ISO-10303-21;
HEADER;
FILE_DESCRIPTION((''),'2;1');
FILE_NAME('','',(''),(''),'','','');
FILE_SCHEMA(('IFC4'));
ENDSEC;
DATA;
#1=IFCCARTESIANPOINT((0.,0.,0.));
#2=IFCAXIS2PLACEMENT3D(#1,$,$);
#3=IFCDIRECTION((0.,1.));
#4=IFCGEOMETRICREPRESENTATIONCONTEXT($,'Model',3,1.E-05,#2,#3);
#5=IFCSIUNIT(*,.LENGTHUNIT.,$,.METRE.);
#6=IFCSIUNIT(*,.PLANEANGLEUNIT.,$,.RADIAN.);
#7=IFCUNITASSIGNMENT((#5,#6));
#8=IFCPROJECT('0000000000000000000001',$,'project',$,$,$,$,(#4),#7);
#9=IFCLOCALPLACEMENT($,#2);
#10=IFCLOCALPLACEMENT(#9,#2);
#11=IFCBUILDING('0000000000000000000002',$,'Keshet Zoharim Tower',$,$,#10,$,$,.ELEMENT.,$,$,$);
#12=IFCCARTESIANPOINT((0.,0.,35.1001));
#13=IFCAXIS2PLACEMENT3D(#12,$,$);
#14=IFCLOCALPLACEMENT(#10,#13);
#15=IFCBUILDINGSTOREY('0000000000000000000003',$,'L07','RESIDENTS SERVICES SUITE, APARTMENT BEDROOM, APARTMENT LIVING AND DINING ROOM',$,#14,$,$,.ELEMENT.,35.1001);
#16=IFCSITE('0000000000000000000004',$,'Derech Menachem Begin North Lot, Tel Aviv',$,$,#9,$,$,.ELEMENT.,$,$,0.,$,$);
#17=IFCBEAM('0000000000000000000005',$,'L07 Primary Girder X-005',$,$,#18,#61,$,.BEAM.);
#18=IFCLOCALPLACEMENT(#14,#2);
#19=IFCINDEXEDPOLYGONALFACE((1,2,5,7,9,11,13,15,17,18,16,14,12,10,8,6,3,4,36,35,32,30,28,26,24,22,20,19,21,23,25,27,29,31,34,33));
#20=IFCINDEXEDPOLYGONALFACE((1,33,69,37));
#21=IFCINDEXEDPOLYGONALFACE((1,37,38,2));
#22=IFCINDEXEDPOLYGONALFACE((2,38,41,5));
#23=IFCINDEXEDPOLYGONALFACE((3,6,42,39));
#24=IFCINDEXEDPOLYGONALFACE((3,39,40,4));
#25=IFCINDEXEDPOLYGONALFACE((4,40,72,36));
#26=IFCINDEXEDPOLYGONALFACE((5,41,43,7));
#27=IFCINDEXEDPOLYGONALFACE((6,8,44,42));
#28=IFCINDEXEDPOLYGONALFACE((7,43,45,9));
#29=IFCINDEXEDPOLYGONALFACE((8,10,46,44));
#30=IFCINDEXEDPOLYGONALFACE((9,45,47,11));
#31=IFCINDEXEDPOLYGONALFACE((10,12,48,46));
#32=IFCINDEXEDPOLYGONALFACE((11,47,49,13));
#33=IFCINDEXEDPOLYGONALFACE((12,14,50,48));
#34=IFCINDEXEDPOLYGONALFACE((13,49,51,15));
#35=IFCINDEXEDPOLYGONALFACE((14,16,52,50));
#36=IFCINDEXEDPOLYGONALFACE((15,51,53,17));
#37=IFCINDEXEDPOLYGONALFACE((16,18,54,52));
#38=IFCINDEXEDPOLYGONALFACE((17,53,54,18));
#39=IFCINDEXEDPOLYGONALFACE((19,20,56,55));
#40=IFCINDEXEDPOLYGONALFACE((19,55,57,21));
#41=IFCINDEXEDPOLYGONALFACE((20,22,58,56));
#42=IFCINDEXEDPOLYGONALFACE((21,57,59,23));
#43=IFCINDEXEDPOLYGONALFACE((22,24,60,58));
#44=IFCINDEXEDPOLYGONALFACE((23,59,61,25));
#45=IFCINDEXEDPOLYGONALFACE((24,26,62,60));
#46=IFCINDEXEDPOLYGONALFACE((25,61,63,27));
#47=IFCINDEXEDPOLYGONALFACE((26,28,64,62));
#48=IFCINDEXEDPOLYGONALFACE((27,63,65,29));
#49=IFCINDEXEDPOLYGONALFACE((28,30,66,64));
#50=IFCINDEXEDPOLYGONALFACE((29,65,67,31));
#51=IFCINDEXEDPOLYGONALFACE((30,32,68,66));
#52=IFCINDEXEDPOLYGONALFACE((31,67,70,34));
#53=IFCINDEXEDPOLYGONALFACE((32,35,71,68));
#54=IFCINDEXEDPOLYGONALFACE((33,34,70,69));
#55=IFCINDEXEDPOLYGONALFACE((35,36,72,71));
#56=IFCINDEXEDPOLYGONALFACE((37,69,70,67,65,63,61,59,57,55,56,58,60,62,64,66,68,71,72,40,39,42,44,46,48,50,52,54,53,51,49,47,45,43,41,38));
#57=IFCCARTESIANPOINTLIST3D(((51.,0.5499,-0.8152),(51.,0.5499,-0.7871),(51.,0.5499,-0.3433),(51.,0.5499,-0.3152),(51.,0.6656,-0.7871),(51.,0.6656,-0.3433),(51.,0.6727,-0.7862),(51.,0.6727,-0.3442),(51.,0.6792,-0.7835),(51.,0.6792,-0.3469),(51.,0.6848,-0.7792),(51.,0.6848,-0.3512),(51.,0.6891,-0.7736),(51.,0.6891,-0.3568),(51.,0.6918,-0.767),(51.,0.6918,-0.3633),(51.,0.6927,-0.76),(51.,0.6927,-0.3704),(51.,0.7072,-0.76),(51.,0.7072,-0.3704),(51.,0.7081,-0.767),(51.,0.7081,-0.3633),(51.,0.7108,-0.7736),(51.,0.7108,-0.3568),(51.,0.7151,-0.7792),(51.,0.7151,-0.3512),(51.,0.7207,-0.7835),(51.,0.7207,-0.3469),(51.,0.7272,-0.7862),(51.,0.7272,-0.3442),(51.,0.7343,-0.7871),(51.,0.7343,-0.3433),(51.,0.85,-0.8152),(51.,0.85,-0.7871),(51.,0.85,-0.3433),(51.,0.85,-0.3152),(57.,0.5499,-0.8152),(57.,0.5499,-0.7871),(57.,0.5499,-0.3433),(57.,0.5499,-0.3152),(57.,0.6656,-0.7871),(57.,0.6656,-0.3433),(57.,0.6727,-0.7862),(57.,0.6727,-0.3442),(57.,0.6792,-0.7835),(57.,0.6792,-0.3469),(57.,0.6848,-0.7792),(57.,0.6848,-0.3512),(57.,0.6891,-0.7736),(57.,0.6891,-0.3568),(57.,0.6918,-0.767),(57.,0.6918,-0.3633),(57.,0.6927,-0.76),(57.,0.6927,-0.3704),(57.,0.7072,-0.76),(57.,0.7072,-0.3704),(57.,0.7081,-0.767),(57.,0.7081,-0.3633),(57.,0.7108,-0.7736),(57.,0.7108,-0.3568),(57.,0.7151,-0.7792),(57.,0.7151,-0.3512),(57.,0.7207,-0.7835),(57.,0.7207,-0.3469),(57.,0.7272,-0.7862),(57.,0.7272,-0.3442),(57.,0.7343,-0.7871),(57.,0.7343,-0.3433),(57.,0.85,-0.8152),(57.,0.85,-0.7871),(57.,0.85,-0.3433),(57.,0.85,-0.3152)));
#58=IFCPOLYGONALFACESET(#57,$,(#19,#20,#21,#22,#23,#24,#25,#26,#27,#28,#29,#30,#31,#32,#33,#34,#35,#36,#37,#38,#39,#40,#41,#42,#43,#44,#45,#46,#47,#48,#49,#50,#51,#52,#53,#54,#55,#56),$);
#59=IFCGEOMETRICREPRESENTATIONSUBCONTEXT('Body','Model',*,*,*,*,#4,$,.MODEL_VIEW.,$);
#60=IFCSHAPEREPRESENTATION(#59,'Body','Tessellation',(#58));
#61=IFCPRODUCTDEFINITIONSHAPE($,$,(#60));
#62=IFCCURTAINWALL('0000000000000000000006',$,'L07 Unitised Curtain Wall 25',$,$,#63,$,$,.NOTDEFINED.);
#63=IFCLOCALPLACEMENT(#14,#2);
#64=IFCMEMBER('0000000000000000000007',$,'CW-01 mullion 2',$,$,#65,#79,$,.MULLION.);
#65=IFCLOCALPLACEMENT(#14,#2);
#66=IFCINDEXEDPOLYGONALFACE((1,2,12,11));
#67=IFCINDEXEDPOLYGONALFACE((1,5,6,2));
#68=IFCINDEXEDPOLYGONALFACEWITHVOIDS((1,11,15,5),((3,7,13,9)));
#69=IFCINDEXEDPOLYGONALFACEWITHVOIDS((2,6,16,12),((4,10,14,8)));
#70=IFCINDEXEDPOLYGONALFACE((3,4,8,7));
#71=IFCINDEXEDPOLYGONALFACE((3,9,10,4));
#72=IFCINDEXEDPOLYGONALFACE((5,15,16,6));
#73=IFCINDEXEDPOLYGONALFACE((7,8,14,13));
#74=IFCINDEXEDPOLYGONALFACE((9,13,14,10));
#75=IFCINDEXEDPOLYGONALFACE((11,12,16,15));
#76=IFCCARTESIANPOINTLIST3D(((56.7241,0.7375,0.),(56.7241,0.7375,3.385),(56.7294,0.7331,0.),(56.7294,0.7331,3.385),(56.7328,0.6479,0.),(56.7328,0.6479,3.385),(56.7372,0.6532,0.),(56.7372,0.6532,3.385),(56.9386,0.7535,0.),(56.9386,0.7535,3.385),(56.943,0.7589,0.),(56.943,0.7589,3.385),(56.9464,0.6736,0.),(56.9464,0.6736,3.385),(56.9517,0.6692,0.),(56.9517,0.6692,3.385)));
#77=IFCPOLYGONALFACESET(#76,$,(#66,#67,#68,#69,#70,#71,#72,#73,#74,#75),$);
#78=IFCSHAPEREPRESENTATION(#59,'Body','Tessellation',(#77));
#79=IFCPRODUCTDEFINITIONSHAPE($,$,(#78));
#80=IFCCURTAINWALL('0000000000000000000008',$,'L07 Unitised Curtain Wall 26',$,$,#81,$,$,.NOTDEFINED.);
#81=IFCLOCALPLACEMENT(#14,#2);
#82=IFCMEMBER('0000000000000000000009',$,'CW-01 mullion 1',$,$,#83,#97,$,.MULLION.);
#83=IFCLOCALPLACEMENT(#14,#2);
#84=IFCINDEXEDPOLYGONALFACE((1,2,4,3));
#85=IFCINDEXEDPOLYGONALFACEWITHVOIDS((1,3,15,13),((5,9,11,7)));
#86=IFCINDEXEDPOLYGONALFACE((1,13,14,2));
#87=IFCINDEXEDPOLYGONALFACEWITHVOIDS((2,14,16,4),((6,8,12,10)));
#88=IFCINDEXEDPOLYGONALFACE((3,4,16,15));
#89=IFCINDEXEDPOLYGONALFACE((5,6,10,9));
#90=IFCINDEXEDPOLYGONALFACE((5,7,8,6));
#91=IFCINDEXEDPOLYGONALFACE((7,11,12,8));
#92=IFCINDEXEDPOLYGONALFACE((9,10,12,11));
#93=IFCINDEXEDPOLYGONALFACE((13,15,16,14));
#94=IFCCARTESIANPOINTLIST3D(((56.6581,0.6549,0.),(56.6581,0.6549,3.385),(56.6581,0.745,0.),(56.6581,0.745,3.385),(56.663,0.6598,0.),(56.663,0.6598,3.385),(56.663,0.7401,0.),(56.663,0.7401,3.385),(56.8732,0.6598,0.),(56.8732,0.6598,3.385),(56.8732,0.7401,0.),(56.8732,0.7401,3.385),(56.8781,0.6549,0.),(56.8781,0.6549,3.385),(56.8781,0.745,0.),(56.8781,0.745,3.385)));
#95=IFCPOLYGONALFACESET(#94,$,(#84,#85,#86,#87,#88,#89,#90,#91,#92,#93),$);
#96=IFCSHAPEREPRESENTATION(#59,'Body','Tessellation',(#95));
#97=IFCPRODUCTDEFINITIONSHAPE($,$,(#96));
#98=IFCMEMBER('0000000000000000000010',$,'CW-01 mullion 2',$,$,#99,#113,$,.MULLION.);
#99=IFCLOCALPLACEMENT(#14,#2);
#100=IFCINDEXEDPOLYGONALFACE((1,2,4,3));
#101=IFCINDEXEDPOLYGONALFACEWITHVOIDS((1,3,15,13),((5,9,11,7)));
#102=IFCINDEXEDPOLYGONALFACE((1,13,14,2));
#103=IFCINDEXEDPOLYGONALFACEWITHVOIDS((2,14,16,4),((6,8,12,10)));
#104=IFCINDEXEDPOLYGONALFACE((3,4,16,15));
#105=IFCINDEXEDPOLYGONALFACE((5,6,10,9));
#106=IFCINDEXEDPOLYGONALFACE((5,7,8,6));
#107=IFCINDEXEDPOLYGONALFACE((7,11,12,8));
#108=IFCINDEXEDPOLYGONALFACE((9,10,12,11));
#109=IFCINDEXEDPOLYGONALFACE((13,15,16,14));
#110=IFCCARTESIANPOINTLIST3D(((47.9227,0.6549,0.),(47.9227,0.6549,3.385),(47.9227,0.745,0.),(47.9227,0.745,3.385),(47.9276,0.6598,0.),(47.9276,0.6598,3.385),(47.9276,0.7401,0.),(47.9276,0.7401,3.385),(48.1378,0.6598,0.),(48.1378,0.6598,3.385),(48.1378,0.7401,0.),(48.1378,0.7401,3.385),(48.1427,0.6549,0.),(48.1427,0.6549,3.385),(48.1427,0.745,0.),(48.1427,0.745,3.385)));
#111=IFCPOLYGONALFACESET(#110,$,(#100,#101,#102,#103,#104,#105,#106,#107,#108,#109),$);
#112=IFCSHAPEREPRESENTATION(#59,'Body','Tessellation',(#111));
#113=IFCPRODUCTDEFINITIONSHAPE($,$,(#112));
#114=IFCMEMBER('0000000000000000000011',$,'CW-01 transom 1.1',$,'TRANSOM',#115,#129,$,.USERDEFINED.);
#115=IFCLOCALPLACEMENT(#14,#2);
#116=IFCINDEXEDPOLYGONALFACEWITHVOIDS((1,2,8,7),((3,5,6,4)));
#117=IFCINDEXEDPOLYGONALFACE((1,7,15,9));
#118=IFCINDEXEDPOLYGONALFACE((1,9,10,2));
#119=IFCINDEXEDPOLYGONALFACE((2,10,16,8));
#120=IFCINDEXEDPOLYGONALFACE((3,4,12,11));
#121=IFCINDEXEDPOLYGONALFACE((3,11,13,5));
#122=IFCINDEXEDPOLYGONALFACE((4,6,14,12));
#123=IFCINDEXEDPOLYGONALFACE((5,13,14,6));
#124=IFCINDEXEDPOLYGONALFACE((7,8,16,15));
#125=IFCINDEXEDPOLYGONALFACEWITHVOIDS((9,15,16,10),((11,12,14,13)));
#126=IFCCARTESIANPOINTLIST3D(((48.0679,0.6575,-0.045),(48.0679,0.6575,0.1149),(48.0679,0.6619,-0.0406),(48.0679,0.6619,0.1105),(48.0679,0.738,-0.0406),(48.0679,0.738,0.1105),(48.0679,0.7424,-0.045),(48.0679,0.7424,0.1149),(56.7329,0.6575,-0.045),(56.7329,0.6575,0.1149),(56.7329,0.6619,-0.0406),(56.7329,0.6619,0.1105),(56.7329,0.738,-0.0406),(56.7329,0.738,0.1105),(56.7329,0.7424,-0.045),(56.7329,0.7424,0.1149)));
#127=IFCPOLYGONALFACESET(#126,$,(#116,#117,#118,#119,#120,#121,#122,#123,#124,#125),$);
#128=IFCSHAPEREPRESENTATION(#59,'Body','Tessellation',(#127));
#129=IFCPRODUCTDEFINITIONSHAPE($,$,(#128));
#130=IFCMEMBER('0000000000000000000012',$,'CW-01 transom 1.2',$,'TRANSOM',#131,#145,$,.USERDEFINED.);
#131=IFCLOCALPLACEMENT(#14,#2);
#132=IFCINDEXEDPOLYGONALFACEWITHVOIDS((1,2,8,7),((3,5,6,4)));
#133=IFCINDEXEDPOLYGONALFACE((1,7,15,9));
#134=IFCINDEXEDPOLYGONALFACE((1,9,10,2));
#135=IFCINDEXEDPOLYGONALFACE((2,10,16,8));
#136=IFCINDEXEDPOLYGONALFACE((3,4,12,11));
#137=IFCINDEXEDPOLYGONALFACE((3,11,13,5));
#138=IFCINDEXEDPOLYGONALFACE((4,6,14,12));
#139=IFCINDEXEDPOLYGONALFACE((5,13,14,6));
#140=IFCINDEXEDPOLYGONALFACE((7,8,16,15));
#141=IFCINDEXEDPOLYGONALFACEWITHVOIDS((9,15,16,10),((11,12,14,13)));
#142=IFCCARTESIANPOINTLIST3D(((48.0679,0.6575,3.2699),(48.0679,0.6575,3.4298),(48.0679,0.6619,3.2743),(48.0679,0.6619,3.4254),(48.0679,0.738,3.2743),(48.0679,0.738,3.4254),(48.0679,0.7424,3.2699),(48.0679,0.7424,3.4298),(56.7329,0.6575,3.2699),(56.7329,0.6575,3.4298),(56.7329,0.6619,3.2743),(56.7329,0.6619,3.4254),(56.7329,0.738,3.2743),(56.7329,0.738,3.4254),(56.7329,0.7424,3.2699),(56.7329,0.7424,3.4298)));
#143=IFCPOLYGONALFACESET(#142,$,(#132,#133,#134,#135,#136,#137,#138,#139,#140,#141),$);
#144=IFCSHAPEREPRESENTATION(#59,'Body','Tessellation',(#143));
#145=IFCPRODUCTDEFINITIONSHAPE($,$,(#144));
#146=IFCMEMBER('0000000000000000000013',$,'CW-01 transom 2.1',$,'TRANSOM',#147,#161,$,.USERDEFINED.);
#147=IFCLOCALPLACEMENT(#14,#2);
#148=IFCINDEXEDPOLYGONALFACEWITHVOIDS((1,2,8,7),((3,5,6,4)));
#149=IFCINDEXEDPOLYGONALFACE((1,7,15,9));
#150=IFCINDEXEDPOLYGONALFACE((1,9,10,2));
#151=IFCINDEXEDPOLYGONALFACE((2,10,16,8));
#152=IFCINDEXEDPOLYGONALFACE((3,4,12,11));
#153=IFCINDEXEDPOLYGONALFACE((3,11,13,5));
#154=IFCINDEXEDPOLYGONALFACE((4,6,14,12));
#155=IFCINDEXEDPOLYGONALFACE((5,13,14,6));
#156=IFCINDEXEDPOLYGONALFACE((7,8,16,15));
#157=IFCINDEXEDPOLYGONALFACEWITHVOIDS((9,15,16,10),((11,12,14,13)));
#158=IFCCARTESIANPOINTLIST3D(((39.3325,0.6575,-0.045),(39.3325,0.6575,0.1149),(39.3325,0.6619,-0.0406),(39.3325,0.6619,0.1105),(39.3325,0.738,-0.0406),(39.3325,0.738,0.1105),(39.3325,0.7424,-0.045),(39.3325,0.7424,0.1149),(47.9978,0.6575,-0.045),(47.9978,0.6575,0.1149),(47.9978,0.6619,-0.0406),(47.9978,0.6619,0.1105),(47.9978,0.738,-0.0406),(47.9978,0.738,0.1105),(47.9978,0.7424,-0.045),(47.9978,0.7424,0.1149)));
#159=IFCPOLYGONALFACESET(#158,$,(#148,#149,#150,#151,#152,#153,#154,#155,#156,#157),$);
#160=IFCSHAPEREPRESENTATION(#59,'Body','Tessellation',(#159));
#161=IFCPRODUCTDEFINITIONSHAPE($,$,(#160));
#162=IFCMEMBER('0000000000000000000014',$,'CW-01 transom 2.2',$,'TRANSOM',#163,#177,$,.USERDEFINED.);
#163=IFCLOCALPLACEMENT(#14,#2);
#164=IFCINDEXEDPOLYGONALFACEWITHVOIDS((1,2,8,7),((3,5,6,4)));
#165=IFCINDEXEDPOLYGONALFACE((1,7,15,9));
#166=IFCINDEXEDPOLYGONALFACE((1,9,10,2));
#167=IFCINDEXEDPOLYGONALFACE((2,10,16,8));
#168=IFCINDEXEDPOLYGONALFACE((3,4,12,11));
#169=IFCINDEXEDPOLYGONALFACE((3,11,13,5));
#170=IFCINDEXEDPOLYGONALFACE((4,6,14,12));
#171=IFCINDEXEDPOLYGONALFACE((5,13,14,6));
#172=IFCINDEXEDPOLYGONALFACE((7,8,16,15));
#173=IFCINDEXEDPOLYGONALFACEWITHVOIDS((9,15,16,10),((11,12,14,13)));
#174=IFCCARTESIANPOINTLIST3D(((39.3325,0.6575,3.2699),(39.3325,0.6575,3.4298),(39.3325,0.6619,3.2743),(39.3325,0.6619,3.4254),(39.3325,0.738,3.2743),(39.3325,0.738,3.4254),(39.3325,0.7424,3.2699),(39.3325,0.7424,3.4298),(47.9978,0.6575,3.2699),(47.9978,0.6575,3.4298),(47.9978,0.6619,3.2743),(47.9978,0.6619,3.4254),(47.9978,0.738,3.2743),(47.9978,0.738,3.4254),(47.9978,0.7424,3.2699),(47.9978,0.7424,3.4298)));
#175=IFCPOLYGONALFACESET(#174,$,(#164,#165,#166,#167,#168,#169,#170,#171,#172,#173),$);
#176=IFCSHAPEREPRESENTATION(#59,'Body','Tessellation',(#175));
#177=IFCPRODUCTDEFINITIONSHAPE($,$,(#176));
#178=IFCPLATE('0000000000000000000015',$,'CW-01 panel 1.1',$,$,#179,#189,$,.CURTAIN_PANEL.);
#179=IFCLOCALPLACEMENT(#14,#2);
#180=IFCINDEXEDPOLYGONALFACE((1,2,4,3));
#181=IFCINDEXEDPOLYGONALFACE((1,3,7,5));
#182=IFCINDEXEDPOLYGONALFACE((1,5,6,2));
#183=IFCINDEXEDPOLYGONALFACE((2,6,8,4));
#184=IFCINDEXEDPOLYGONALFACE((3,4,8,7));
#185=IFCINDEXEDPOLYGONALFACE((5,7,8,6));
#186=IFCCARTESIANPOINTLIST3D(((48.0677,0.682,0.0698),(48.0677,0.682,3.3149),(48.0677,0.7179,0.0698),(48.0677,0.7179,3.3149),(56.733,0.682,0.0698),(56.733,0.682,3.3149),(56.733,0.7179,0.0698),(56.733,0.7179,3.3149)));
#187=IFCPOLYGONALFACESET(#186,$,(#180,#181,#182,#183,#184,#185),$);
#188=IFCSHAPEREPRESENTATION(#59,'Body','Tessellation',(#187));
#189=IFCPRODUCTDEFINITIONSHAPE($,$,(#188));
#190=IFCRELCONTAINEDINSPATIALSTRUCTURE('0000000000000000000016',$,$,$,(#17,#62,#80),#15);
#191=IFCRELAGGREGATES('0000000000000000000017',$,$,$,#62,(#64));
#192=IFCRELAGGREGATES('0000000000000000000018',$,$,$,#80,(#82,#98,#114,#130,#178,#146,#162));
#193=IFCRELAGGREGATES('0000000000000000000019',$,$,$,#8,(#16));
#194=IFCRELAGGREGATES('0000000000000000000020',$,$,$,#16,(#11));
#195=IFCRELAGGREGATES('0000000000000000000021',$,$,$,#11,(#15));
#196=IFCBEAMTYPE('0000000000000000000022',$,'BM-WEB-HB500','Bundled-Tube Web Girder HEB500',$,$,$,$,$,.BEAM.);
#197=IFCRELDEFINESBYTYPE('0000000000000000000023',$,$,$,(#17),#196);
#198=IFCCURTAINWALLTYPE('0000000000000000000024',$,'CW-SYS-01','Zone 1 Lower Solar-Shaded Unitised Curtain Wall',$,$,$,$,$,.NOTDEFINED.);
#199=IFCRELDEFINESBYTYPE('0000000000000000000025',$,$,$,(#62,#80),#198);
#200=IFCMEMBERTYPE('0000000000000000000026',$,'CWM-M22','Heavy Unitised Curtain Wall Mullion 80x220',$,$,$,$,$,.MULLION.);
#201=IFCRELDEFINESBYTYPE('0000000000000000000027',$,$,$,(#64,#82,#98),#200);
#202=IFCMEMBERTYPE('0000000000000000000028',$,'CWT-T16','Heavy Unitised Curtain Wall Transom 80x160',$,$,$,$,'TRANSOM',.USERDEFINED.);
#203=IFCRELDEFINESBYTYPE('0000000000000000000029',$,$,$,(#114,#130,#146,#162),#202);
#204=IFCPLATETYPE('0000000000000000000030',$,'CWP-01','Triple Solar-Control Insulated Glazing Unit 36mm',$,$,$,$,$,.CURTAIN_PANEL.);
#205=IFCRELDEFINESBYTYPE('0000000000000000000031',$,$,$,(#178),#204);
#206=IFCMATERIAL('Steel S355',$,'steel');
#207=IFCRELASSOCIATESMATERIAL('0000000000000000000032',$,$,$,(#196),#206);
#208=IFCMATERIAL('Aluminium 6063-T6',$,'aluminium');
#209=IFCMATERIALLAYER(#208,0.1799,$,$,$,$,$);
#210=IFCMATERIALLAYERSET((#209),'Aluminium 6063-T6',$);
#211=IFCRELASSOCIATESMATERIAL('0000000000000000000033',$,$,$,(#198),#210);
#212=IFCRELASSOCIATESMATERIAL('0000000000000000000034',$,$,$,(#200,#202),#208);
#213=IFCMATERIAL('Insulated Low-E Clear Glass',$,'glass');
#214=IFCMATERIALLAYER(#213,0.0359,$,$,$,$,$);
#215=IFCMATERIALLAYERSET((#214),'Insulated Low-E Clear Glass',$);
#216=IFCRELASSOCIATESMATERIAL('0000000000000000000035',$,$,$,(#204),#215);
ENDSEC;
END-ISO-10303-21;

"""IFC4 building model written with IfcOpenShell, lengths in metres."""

from ifc_helpers import new_model, si_unit, direction, frame, origin, origin_2d, place, context, subcontext, project, spatial, rectangle, hollow_rectangle, i_section, extrude, material, layer, layer_set, material_profile, profile_set, type_object, element, aggregate, save


model = new_model("IFC4")

# Units and contexts
model_context = context("Model", 3, precision=1e-05, world=origin(), true_north=direction((0.0, 1.0)))
body_context = subcontext(model_context, "Body", "Model", "MODEL_VIEW")
ifc_project = project(units=[si_unit("LENGTHUNIT", "METRE"), si_unit("PLANEANGLEUNIT", "RADIAN")], contexts=[model_context])

# Site, building, storey
site_placement = place(None, origin())
site = spatial("IfcSite", under=ifc_project, at=site_placement, Name="Derech Menachem Begin North Lot, Tel Aviv", CompositionType="ELEMENT", RefElevation=0.0)
building_placement = place(site_placement, origin())
building = spatial("IfcBuilding", under=site, at=building_placement, Name="Keshet Zoharim Tower", CompositionType="ELEMENT")
storey_placement = place(building_placement, frame((0.0, 0.0, 35.1001)))
storey = spatial("IfcBuildingStorey", under=building, at=storey_placement, Name="L07", Description="RESIDENTS SERVICES SUITE, APARTMENT BEDROOM, APARTMENT LIVING AND DINING ROOM", CompositionType="ELEMENT", Elevation=35.1001)

# Shared definitions
ifc_material_1 = material(Name="Steel S355", Category="steel")

# Beam
ifc_material_profile_1 = material_profile(ifc_material_1, i_section(OverallWidth=0.3, OverallDepth=0.5, WebThickness=0.0144, FlangeThickness=0.0281, FilletRadius=0.0271, at=origin_2d()), Name="HEB500")
ifc_profile_set_1 = profile_set([ifc_material_profile_1], Name="Steel S355")
beam_type = type_object("IfcBeamType", Name="BM-WEB-HB500", Description="Bundled-Tube Web Girder HEB500", PredefinedType="BEAM", material=ifc_profile_set_1)
for number, where, z_axis, x_axis, name in (
    (1, (51.0, 0.7, -0.5652), (1.0, 0.0, 0.0), (0.0, 1.0, 0.0), "L07 Primary Girder X-005"),
):
    element("IfcBeam", number, at=place(storey_placement, frame(where, z_axis=z_axis, x_axis=x_axis)), inside=storey, type_object=beam_type, Name=name, PredefinedType="BEAM", context=body_context, shape_type="SweptSolid", body=[
        extrude(i_section(OverallWidth=0.3, OverallDepth=0.5, WebThickness=0.0144, FlangeThickness=0.0281, FilletRadius=0.0271, at=origin_2d()), origin(), (0.0, 0.0, 1.0), 6.0),
    ])

# Curtain wall, member
ifc_material_2 = material(Name="Aluminium 6063-T6", Category="aluminium")
ifc_layer_1 = layer(ifc_material_2, 0.1799)
ifc_layer_set_1 = layer_set([ifc_layer_1], Name="Aluminium 6063-T6")
curtain_wall_type = type_object("IfcCurtainWallType", Name="CW-SYS-01", Description="Zone 1 Lower Solar-Shaded Unitised Curtain Wall", PredefinedType="NOTDEFINED", material=ifc_layer_set_1)
curtain_wall_1_placement = place(storey_placement, origin())
curtain_wall_1 = element("IfcCurtainWall", 2, at=curtain_wall_1_placement, inside=storey, type_object=curtain_wall_type, Name="L07 Unitised Curtain Wall 25", PredefinedType="NOTDEFINED")
ifc_material_profile_2 = material_profile(ifc_material_2, hollow_rectangle(XDim=0.0901, YDim=0.22, WallThickness=0.0049, at=origin_2d()), Name="MUL-90x220")
ifc_profile_set_2 = profile_set([ifc_material_profile_2], Name="Aluminium 6063-T6")
member_type_1 = type_object("IfcMemberType", Name="CWM-M22", Description="Heavy Unitised Curtain Wall Mullion 80x220", PredefinedType="MULLION", material=ifc_profile_set_2)
member_1_placement = place(storey_placement, frame((56.8379, 0.7034, 0.0), z_axis=(0.0, 0.0, 1.0), x_axis=(0.096977, -0.995287, 0.0)))
member_1 = element("IfcMember", 3, at=member_1_placement, type_object=member_type_1, Name="CW-01 mullion 2", PredefinedType="MULLION", context=body_context, shape_type="SweptSolid", body=[
    extrude(hollow_rectangle(XDim=0.0901, YDim=0.22, WallThickness=0.0049, at=origin_2d()), origin(), (0.0, 0.0, 1.0), 3.385),
])
aggregate(curtain_wall_1, [member_1])

# Curtain wall, members, plate
curtain_wall_2_placement = place(storey_placement, origin())
curtain_wall_2 = element("IfcCurtainWall", 4, at=curtain_wall_2_placement, inside=storey, type_object=curtain_wall_type, Name="L07 Unitised Curtain Wall 26", PredefinedType="NOTDEFINED")
member_2_placement = place(storey_placement, frame((56.7681, 0.7, 0.0), z_axis=(0.0, 0.0, 1.0), x_axis=(0.0, -1.0, 0.0)))
member_2 = element("IfcMember", 5, at=member_2_placement, type_object=member_type_1, Name="CW-01 mullion 1", PredefinedType="MULLION", context=body_context, shape_type="SweptSolid", body=[
    extrude(hollow_rectangle(XDim=0.0901, YDim=0.22, WallThickness=0.0049, at=origin_2d()), origin(), (0.0, 0.0, 1.0), 3.385),
])
member_3_placement = place(storey_placement, frame((48.0327, 0.7, 0.0), z_axis=(0.0, 0.0, 1.0), x_axis=(0.0, -1.0, 0.0)))
member_3 = element("IfcMember", 6, at=member_3_placement, type_object=member_type_1, Name="CW-01 mullion 2", PredefinedType="MULLION", context=body_context, shape_type="SweptSolid", body=[
    extrude(hollow_rectangle(XDim=0.0901, YDim=0.22, WallThickness=0.0049, at=origin_2d()), origin(), (0.0, 0.0, 1.0), 3.385),
])
ifc_material_profile_3 = material_profile(ifc_material_2, hollow_rectangle(XDim=0.085, YDim=0.1599, WallThickness=0.0044, at=origin_2d()), Name="TRN-85x160")
ifc_profile_set_3 = profile_set([ifc_material_profile_3], Name="Aluminium 6063-T6")
member_type_2 = type_object("IfcMemberType", Name="CWT-T16", Description="Heavy Unitised Curtain Wall Transom 80x160", ElementType="TRANSOM", PredefinedType="USERDEFINED", material=ifc_profile_set_3)
member_4_placement = place(storey_placement, frame((56.7329, 0.7, 0.0349), z_axis=(-1.0, 0.0, 0.0), x_axis=(0.0, -1.0, 0.0)))
member_4 = element("IfcMember", 7, at=member_4_placement, type_object=member_type_2, Name="CW-01 transom 1.1", ObjectType="TRANSOM", PredefinedType="USERDEFINED", context=body_context, shape_type="SweptSolid", body=[
    extrude(hollow_rectangle(XDim=0.085, YDim=0.1599, WallThickness=0.0044, at=origin_2d()), origin(), (0.0, 0.0, 1.0), 8.665),
])
member_5_placement = place(storey_placement, frame((56.7329, 0.7, 3.3499), z_axis=(-1.0, 0.0, 0.0), x_axis=(0.0, -1.0, 0.0)))
member_5 = element("IfcMember", 8, at=member_5_placement, type_object=member_type_2, Name="CW-01 transom 1.2", ObjectType="TRANSOM", PredefinedType="USERDEFINED", context=body_context, shape_type="SweptSolid", body=[
    extrude(hollow_rectangle(XDim=0.085, YDim=0.1599, WallThickness=0.0044, at=origin_2d()), origin(), (0.0, 0.0, 1.0), 8.665),
])
member_6_placement = place(storey_placement, frame((47.9978, 0.7, 0.0349), z_axis=(-1.0, 0.0, 0.0), x_axis=(0.0, -1.0, 0.0)))
member_6 = element("IfcMember", 9, at=member_6_placement, type_object=member_type_2, Name="CW-01 transom 2.1", ObjectType="TRANSOM", PredefinedType="USERDEFINED", context=body_context, shape_type="SweptSolid", body=[
    extrude(hollow_rectangle(XDim=0.085, YDim=0.1599, WallThickness=0.0044, at=origin_2d()), origin(), (0.0, 0.0, 1.0), 8.6653),
])
member_7_placement = place(storey_placement, frame((47.9978, 0.7, 3.3499), z_axis=(-1.0, 0.0, 0.0), x_axis=(0.0, -1.0, 0.0)))
member_7 = element("IfcMember", 10, at=member_7_placement, type_object=member_type_2, Name="CW-01 transom 2.2", ObjectType="TRANSOM", PredefinedType="USERDEFINED", context=body_context, shape_type="SweptSolid", body=[
    extrude(hollow_rectangle(XDim=0.085, YDim=0.1599, WallThickness=0.0044, at=origin_2d()), origin(), (0.0, 0.0, 1.0), 8.6653),
])
ifc_material_3 = material(Name="Insulated Low-E Clear Glass", Category="glass")
ifc_layer_2 = layer(ifc_material_3, 0.0359)
ifc_layer_set_2 = layer_set([ifc_layer_2], Name="Insulated Low-E Clear Glass")
plate_type = type_object("IfcPlateType", Name="CWP-01", Description="Triple Solar-Control Insulated Glazing Unit 36mm", PredefinedType="CURTAIN_PANEL", material=ifc_layer_set_2)
plate_placement = place(storey_placement, frame((52.4004, 0.7, 0.0698), z_axis=(0.0, 0.0, 1.0), x_axis=(-1.0, 0.0, 0.0)))
plate = element("IfcPlate", 11, at=plate_placement, type_object=plate_type, Name="CW-01 panel 1.1", PredefinedType="CURTAIN_PANEL", context=body_context, shape_type="SweptSolid", body=[
    extrude(rectangle(XDim=8.6653, YDim=0.0359, at=origin_2d()), origin(), (0.0, 0.0, 1.0), 3.2451),
])
aggregate(curtain_wall_2, [member_2, member_3, member_4, member_5, plate, member_6, member_7])

save(model, "model.ifc")
